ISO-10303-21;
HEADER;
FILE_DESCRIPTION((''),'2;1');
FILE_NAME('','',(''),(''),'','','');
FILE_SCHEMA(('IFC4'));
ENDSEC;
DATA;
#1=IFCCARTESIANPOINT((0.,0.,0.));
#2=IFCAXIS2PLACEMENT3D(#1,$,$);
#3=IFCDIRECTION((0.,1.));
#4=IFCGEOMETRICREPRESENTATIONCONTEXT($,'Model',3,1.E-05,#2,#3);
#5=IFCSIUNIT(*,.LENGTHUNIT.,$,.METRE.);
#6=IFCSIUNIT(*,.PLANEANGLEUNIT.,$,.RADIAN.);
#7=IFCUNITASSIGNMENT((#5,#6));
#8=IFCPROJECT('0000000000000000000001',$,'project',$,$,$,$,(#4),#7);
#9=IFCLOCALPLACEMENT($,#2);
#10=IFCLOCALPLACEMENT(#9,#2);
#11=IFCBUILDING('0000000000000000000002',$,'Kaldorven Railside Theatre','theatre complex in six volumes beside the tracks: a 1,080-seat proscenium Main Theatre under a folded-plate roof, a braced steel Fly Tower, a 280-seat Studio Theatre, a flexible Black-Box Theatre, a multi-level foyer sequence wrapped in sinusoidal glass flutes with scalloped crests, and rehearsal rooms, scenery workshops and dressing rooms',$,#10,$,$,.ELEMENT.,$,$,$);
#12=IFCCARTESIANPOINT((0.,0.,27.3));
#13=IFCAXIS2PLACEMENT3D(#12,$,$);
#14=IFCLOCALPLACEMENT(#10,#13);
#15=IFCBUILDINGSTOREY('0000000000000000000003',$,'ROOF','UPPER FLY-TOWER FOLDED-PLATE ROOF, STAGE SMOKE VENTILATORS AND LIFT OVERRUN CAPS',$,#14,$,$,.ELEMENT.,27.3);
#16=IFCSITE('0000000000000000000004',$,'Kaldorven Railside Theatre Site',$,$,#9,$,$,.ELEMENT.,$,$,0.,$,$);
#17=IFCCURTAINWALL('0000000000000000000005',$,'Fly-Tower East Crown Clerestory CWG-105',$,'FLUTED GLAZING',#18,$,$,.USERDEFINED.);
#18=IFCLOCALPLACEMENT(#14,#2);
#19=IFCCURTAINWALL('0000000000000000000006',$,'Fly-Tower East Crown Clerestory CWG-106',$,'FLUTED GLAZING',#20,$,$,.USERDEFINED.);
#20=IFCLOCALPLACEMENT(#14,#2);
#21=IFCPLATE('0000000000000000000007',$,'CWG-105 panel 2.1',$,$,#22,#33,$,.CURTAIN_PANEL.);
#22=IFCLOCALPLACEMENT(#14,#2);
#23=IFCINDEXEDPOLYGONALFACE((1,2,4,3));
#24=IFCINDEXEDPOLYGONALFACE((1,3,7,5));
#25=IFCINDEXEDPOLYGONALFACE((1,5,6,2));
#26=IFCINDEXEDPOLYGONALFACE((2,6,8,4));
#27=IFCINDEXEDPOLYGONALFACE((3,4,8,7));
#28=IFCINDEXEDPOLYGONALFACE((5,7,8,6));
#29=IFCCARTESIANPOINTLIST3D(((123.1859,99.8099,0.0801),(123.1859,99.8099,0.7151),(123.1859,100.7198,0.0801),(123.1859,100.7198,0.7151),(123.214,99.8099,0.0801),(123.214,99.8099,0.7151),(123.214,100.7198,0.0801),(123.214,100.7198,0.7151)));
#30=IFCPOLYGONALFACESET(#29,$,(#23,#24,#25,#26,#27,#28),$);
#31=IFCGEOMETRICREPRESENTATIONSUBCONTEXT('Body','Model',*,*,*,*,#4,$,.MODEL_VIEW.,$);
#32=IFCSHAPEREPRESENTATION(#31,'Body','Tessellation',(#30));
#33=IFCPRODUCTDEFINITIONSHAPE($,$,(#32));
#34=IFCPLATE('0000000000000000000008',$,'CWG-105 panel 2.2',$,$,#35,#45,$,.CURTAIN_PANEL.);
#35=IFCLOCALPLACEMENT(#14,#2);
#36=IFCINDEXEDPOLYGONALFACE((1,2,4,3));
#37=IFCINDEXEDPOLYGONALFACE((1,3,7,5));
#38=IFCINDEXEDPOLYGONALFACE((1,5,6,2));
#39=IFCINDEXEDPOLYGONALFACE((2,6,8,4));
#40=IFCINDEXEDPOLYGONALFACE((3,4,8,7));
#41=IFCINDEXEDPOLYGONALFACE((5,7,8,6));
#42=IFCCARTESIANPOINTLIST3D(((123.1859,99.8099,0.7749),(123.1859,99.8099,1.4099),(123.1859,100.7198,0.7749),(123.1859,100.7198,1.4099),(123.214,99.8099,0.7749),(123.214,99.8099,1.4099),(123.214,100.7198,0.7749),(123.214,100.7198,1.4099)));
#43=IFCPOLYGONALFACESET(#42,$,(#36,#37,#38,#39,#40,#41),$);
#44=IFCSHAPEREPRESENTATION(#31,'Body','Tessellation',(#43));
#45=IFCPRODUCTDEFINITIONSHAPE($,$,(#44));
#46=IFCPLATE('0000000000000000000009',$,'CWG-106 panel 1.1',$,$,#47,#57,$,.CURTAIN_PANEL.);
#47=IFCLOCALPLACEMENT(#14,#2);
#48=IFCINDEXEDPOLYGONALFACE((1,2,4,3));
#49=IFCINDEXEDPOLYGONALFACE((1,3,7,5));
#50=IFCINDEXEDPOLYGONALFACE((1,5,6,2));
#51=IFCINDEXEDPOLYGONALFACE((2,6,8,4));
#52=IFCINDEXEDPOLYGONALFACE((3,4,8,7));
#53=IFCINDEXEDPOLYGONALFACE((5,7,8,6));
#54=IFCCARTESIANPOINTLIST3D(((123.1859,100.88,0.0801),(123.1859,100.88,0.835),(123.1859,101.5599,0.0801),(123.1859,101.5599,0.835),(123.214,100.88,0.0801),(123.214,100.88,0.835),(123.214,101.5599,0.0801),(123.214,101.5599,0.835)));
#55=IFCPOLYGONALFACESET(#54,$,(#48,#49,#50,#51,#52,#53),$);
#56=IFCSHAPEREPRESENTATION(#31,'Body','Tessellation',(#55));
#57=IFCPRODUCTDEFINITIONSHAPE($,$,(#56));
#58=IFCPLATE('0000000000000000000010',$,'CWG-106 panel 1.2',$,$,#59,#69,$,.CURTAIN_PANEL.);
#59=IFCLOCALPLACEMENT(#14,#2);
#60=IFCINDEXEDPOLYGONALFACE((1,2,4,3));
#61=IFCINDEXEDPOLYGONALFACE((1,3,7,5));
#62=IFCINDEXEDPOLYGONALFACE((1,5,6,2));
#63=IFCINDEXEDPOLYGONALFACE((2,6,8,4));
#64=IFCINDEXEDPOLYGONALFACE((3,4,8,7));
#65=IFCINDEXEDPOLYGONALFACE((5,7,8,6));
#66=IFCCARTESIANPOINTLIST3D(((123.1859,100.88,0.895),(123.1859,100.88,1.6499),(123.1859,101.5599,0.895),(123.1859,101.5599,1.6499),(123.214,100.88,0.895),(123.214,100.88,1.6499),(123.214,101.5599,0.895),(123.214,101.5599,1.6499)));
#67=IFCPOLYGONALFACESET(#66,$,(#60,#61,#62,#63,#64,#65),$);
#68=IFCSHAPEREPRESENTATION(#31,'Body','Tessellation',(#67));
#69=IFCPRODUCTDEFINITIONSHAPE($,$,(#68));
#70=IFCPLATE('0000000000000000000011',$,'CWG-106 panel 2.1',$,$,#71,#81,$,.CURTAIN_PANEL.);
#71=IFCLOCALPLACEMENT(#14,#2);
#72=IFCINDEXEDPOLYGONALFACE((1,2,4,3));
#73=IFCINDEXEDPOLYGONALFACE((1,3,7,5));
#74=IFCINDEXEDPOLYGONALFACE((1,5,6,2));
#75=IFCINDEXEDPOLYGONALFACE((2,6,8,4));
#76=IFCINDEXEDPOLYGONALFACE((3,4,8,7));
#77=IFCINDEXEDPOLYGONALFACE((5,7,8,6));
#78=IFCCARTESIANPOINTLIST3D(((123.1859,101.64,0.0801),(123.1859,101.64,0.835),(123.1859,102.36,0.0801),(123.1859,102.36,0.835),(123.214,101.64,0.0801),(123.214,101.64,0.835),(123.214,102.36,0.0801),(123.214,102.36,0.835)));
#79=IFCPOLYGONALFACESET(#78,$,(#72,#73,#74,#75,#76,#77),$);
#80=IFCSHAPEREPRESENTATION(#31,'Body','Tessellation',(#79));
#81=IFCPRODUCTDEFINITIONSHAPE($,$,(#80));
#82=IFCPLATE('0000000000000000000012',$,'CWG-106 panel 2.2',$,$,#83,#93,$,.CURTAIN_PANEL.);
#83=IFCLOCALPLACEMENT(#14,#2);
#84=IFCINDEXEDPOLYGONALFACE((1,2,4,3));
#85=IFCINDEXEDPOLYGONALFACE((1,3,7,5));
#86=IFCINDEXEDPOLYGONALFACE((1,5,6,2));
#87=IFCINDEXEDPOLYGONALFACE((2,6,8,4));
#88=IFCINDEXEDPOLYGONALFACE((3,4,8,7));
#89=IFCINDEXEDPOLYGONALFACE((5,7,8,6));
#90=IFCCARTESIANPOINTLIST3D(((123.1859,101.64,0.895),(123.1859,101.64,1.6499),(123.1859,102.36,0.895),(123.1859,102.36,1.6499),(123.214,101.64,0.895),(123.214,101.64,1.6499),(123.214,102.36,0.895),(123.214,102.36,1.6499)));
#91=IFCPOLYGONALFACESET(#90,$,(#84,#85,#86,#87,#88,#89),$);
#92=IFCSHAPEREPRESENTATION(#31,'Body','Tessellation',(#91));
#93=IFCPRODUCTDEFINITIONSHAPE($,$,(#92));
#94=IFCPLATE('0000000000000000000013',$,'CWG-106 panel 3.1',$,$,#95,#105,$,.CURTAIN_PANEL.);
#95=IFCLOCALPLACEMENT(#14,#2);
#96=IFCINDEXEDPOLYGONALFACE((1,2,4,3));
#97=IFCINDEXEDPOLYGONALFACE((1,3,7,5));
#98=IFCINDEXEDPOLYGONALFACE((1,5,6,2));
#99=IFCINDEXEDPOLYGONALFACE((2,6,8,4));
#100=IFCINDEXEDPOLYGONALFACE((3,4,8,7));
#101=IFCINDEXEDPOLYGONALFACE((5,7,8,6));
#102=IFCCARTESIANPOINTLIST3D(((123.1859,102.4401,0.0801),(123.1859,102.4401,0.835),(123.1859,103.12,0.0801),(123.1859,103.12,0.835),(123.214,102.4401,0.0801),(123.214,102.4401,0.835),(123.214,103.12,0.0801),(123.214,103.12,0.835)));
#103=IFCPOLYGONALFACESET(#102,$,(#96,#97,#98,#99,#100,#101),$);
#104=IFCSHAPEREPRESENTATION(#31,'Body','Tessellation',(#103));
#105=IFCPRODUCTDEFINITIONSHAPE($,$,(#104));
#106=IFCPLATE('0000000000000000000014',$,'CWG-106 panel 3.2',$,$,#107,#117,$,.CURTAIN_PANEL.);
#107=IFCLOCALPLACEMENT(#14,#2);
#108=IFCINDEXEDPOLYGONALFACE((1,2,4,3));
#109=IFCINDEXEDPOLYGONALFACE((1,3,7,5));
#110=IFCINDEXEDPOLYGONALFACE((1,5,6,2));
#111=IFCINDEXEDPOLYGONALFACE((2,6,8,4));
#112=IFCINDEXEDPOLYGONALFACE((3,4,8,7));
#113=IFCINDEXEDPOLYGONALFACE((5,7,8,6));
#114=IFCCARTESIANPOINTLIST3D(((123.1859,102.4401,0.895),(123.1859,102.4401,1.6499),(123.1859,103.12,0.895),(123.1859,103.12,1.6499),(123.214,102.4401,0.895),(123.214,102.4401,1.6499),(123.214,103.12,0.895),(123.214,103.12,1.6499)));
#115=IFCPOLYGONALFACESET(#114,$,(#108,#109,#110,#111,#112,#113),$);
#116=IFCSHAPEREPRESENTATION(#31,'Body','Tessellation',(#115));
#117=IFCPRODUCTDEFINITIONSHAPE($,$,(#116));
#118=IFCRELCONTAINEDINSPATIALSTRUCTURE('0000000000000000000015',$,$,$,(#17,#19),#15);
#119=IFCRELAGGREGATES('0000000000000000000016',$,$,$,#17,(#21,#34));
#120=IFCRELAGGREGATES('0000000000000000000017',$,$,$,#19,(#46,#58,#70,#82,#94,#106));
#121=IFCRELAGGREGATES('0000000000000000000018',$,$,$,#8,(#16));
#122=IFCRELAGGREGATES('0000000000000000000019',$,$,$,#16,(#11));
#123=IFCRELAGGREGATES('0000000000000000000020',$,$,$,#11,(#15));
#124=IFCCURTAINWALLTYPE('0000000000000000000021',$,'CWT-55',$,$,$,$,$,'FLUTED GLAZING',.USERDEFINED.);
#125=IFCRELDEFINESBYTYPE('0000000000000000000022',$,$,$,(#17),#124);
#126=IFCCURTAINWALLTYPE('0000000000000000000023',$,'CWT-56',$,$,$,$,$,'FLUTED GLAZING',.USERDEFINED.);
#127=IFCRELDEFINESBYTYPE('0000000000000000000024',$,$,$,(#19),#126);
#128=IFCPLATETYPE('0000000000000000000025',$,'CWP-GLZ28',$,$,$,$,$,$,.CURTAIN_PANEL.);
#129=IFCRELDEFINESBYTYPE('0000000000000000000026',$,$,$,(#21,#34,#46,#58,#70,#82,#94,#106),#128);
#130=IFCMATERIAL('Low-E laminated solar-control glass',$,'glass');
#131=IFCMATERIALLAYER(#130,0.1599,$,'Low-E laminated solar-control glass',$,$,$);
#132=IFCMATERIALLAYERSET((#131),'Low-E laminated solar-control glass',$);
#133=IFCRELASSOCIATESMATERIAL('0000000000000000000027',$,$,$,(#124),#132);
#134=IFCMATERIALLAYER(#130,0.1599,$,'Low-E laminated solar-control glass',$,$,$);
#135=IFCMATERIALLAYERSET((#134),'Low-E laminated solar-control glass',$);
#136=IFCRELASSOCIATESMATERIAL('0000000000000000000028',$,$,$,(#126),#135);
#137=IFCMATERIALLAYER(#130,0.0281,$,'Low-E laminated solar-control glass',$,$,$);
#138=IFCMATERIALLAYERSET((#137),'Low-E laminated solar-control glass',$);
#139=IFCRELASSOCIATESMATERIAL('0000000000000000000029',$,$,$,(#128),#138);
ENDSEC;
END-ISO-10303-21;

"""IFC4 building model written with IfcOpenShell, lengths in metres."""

from ifc_helpers import new_model, si_unit, direction, frame, origin, origin_2d, place, context, subcontext, project, spatial, rectangle, extrude, material, layer, layer_set, type_object, element, aggregate, save


model = new_model("IFC4")

# Units and contexts
model_context = context("Model", 3, precision=1e-05, world=origin(), true_north=direction((0.0, 1.0)))
body_context = subcontext(model_context, "Body", "Model", "MODEL_VIEW")
ifc_project = project(units=[si_unit("LENGTHUNIT", "METRE"), si_unit("PLANEANGLEUNIT", "RADIAN")], contexts=[model_context])

# Site, building, storey
site_placement = place(None, origin())
site = spatial("IfcSite", under=ifc_project, at=site_placement, Name="Kaldorven Railside Theatre Site", CompositionType="ELEMENT", RefElevation=0.0)
building_placement = place(site_placement, origin())
building = spatial("IfcBuilding", under=site, at=building_placement, Name="Kaldorven Railside Theatre", Description="theatre complex in six volumes beside the tracks: a 1,080-seat proscenium Main Theatre under a folded-plate roof, a braced steel Fly Tower, a 280-seat Studio Theatre, a flexible Black-Box Theatre, a multi-level foyer sequence wrapped in sinusoidal glass flutes with scalloped crests, and rehearsal rooms, scenery workshops and dressing rooms", CompositionType="ELEMENT")
storey_placement = place(building_placement, frame((0.0, 0.0, 27.3)))
storey = spatial("IfcBuildingStorey", under=building, at=storey_placement, Name="ROOF", Description="UPPER FLY-TOWER FOLDED-PLATE ROOF, STAGE SMOKE VENTILATORS AND LIFT OVERRUN CAPS", CompositionType="ELEMENT", Elevation=27.3)

# Curtain walls
ifc_material_1 = material(Name="Low-E laminated solar-control glass", Category="glass")
ifc_layer_1 = layer(ifc_material_1, 0.1599, Name="Low-E laminated solar-control glass")
ifc_layer_set_1 = layer_set([ifc_layer_1], Name="Low-E laminated solar-control glass")
curtain_wall_type_1 = type_object("IfcCurtainWallType", Name="CWT-55", ElementType="FLUTED GLAZING", PredefinedType="USERDEFINED", material=ifc_layer_set_1)
curtain_wall_1_placement = place(storey_placement, origin())
curtain_wall_1 = element("IfcCurtainWall", 1, at=curtain_wall_1_placement, inside=storey, type_object=curtain_wall_type_1, Name="Fly-Tower East Crown Clerestory CWG-105", ObjectType="FLUTED GLAZING", PredefinedType="USERDEFINED")
ifc_layer_2 = layer(ifc_material_1, 0.1599, Name="Low-E laminated solar-control glass")
ifc_layer_set_2 = layer_set([ifc_layer_2], Name="Low-E laminated solar-control glass")
curtain_wall_type_2 = type_object("IfcCurtainWallType", Name="CWT-56", ElementType="FLUTED GLAZING", PredefinedType="USERDEFINED", material=ifc_layer_set_2)
curtain_wall_2_placement = place(storey_placement, origin())
curtain_wall_2 = element("IfcCurtainWall", 2, at=curtain_wall_2_placement, inside=storey, type_object=curtain_wall_type_2, Name="Fly-Tower East Crown Clerestory CWG-106", ObjectType="FLUTED GLAZING", PredefinedType="USERDEFINED")

# Plates
ifc_layer_3 = layer(ifc_material_1, 0.0281, Name="Low-E laminated solar-control glass")
ifc_layer_set_3 = layer_set([ifc_layer_3], Name="Low-E laminated solar-control glass")
plate_type = type_object("IfcPlateType", Name="CWP-GLZ28", PredefinedType="CURTAIN_PANEL", material=ifc_layer_set_3)
plate_1_placement = place(storey_placement, frame((123.2, 100.2649, 0.0801), z_axis=(0.0, 0.0, 1.0), x_axis=(0.0, 1.0, 0.0)))
plate_1 = element("IfcPlate", 3, at=plate_1_placement, type_object=plate_type, Name="CWG-105 panel 2.1", PredefinedType="CURTAIN_PANEL", context=body_context, shape_type="SweptSolid", body=[
    extrude(rectangle(XDim=0.9099, YDim=0.0281, at=origin_2d()), origin(), (0.0, 0.0, 1.0), 0.635),
])
plate_2_placement = place(storey_placement, frame((123.2, 100.2649, 0.7749), z_axis=(0.0, 0.0, 1.0), x_axis=(0.0, 1.0, 0.0)))
plate_2 = element("IfcPlate", 4, at=plate_2_placement, type_object=plate_type, Name="CWG-105 panel 2.2", PredefinedType="CURTAIN_PANEL", context=body_context, shape_type="SweptSolid", body=[
    extrude(rectangle(XDim=0.9099, YDim=0.0281, at=origin_2d()), origin(), (0.0, 0.0, 1.0), 0.635),
])
aggregate(curtain_wall_1, [plate_1, plate_2])
plate_3_placement = place(storey_placement, frame((123.2, 101.22, 0.0801), z_axis=(0.0, 0.0, 1.0), x_axis=(0.0, 1.0, 0.0)))
plate_3 = element("IfcPlate", 5, at=plate_3_placement, type_object=plate_type, Name="CWG-106 panel 1.1", PredefinedType="CURTAIN_PANEL", context=body_context, shape_type="SweptSolid", body=[
    extrude(rectangle(XDim=0.6799, YDim=0.0281, at=origin_2d()), origin(), (0.0, 0.0, 1.0), 0.7549),
])
plate_4_placement = place(storey_placement, frame((123.2, 101.22, 0.895), z_axis=(0.0, 0.0, 1.0), x_axis=(0.0, 1.0, 0.0)))
plate_4 = element("IfcPlate", 6, at=plate_4_placement, type_object=plate_type, Name="CWG-106 panel 1.2", PredefinedType="CURTAIN_PANEL", context=body_context, shape_type="SweptSolid", body=[
    extrude(rectangle(XDim=0.6799, YDim=0.0281, at=origin_2d()), origin(), (0.0, 0.0, 1.0), 0.7549),
])
plate_5_placement = place(storey_placement, frame((123.2, 102.0, 0.0801), z_axis=(0.0, 0.0, 1.0), x_axis=(0.0, 1.0, 0.0)))
plate_5 = element("IfcPlate", 7, at=plate_5_placement, type_object=plate_type, Name="CWG-106 panel 2.1", PredefinedType="CURTAIN_PANEL", context=body_context, shape_type="SweptSolid", body=[
    extrude(rectangle(XDim=0.72, YDim=0.0281, at=origin_2d()), origin(), (0.0, 0.0, 1.0), 0.7549),
])
plate_6_placement = place(storey_placement, frame((123.2, 102.0, 0.895), z_axis=(0.0, 0.0, 1.0), x_axis=(0.0, 1.0, 0.0)))
plate_6 = element("IfcPlate", 8, at=plate_6_placement, type_object=plate_type, Name="CWG-106 panel 2.2", PredefinedType="CURTAIN_PANEL", context=body_context, shape_type="SweptSolid", body=[
    extrude(rectangle(XDim=0.72, YDim=0.0281, at=origin_2d()), origin(), (0.0, 0.0, 1.0), 0.7549),
])
plate_7_placement = place(storey_placement, frame((123.2, 102.78, 0.0801), z_axis=(0.0, 0.0, 1.0), x_axis=(0.0, 1.0, 0.0)))
plate_7 = element("IfcPlate", 9, at=plate_7_placement, type_object=plate_type, Name="CWG-106 panel 3.1", PredefinedType="CURTAIN_PANEL", context=body_context, shape_type="SweptSolid", body=[
    extrude(rectangle(XDim=0.6799, YDim=0.0281, at=origin_2d()), origin(), (0.0, 0.0, 1.0), 0.7549),
])
plate_8_placement = place(storey_placement, frame((123.2, 102.78, 0.895), z_axis=(0.0, 0.0, 1.0), x_axis=(0.0, 1.0, 0.0)))
plate_8 = element("IfcPlate", 10, at=plate_8_placement, type_object=plate_type, Name="CWG-106 panel 3.2", PredefinedType="CURTAIN_PANEL", context=body_context, shape_type="SweptSolid", body=[
    extrude(rectangle(XDim=0.6799, YDim=0.0281, at=origin_2d()), origin(), (0.0, 0.0, 1.0), 0.7549),
])
aggregate(curtain_wall_2, [plate_3, plate_4, plate_5, plate_6, plate_7, plate_8])

save(model, "model.ifc")
